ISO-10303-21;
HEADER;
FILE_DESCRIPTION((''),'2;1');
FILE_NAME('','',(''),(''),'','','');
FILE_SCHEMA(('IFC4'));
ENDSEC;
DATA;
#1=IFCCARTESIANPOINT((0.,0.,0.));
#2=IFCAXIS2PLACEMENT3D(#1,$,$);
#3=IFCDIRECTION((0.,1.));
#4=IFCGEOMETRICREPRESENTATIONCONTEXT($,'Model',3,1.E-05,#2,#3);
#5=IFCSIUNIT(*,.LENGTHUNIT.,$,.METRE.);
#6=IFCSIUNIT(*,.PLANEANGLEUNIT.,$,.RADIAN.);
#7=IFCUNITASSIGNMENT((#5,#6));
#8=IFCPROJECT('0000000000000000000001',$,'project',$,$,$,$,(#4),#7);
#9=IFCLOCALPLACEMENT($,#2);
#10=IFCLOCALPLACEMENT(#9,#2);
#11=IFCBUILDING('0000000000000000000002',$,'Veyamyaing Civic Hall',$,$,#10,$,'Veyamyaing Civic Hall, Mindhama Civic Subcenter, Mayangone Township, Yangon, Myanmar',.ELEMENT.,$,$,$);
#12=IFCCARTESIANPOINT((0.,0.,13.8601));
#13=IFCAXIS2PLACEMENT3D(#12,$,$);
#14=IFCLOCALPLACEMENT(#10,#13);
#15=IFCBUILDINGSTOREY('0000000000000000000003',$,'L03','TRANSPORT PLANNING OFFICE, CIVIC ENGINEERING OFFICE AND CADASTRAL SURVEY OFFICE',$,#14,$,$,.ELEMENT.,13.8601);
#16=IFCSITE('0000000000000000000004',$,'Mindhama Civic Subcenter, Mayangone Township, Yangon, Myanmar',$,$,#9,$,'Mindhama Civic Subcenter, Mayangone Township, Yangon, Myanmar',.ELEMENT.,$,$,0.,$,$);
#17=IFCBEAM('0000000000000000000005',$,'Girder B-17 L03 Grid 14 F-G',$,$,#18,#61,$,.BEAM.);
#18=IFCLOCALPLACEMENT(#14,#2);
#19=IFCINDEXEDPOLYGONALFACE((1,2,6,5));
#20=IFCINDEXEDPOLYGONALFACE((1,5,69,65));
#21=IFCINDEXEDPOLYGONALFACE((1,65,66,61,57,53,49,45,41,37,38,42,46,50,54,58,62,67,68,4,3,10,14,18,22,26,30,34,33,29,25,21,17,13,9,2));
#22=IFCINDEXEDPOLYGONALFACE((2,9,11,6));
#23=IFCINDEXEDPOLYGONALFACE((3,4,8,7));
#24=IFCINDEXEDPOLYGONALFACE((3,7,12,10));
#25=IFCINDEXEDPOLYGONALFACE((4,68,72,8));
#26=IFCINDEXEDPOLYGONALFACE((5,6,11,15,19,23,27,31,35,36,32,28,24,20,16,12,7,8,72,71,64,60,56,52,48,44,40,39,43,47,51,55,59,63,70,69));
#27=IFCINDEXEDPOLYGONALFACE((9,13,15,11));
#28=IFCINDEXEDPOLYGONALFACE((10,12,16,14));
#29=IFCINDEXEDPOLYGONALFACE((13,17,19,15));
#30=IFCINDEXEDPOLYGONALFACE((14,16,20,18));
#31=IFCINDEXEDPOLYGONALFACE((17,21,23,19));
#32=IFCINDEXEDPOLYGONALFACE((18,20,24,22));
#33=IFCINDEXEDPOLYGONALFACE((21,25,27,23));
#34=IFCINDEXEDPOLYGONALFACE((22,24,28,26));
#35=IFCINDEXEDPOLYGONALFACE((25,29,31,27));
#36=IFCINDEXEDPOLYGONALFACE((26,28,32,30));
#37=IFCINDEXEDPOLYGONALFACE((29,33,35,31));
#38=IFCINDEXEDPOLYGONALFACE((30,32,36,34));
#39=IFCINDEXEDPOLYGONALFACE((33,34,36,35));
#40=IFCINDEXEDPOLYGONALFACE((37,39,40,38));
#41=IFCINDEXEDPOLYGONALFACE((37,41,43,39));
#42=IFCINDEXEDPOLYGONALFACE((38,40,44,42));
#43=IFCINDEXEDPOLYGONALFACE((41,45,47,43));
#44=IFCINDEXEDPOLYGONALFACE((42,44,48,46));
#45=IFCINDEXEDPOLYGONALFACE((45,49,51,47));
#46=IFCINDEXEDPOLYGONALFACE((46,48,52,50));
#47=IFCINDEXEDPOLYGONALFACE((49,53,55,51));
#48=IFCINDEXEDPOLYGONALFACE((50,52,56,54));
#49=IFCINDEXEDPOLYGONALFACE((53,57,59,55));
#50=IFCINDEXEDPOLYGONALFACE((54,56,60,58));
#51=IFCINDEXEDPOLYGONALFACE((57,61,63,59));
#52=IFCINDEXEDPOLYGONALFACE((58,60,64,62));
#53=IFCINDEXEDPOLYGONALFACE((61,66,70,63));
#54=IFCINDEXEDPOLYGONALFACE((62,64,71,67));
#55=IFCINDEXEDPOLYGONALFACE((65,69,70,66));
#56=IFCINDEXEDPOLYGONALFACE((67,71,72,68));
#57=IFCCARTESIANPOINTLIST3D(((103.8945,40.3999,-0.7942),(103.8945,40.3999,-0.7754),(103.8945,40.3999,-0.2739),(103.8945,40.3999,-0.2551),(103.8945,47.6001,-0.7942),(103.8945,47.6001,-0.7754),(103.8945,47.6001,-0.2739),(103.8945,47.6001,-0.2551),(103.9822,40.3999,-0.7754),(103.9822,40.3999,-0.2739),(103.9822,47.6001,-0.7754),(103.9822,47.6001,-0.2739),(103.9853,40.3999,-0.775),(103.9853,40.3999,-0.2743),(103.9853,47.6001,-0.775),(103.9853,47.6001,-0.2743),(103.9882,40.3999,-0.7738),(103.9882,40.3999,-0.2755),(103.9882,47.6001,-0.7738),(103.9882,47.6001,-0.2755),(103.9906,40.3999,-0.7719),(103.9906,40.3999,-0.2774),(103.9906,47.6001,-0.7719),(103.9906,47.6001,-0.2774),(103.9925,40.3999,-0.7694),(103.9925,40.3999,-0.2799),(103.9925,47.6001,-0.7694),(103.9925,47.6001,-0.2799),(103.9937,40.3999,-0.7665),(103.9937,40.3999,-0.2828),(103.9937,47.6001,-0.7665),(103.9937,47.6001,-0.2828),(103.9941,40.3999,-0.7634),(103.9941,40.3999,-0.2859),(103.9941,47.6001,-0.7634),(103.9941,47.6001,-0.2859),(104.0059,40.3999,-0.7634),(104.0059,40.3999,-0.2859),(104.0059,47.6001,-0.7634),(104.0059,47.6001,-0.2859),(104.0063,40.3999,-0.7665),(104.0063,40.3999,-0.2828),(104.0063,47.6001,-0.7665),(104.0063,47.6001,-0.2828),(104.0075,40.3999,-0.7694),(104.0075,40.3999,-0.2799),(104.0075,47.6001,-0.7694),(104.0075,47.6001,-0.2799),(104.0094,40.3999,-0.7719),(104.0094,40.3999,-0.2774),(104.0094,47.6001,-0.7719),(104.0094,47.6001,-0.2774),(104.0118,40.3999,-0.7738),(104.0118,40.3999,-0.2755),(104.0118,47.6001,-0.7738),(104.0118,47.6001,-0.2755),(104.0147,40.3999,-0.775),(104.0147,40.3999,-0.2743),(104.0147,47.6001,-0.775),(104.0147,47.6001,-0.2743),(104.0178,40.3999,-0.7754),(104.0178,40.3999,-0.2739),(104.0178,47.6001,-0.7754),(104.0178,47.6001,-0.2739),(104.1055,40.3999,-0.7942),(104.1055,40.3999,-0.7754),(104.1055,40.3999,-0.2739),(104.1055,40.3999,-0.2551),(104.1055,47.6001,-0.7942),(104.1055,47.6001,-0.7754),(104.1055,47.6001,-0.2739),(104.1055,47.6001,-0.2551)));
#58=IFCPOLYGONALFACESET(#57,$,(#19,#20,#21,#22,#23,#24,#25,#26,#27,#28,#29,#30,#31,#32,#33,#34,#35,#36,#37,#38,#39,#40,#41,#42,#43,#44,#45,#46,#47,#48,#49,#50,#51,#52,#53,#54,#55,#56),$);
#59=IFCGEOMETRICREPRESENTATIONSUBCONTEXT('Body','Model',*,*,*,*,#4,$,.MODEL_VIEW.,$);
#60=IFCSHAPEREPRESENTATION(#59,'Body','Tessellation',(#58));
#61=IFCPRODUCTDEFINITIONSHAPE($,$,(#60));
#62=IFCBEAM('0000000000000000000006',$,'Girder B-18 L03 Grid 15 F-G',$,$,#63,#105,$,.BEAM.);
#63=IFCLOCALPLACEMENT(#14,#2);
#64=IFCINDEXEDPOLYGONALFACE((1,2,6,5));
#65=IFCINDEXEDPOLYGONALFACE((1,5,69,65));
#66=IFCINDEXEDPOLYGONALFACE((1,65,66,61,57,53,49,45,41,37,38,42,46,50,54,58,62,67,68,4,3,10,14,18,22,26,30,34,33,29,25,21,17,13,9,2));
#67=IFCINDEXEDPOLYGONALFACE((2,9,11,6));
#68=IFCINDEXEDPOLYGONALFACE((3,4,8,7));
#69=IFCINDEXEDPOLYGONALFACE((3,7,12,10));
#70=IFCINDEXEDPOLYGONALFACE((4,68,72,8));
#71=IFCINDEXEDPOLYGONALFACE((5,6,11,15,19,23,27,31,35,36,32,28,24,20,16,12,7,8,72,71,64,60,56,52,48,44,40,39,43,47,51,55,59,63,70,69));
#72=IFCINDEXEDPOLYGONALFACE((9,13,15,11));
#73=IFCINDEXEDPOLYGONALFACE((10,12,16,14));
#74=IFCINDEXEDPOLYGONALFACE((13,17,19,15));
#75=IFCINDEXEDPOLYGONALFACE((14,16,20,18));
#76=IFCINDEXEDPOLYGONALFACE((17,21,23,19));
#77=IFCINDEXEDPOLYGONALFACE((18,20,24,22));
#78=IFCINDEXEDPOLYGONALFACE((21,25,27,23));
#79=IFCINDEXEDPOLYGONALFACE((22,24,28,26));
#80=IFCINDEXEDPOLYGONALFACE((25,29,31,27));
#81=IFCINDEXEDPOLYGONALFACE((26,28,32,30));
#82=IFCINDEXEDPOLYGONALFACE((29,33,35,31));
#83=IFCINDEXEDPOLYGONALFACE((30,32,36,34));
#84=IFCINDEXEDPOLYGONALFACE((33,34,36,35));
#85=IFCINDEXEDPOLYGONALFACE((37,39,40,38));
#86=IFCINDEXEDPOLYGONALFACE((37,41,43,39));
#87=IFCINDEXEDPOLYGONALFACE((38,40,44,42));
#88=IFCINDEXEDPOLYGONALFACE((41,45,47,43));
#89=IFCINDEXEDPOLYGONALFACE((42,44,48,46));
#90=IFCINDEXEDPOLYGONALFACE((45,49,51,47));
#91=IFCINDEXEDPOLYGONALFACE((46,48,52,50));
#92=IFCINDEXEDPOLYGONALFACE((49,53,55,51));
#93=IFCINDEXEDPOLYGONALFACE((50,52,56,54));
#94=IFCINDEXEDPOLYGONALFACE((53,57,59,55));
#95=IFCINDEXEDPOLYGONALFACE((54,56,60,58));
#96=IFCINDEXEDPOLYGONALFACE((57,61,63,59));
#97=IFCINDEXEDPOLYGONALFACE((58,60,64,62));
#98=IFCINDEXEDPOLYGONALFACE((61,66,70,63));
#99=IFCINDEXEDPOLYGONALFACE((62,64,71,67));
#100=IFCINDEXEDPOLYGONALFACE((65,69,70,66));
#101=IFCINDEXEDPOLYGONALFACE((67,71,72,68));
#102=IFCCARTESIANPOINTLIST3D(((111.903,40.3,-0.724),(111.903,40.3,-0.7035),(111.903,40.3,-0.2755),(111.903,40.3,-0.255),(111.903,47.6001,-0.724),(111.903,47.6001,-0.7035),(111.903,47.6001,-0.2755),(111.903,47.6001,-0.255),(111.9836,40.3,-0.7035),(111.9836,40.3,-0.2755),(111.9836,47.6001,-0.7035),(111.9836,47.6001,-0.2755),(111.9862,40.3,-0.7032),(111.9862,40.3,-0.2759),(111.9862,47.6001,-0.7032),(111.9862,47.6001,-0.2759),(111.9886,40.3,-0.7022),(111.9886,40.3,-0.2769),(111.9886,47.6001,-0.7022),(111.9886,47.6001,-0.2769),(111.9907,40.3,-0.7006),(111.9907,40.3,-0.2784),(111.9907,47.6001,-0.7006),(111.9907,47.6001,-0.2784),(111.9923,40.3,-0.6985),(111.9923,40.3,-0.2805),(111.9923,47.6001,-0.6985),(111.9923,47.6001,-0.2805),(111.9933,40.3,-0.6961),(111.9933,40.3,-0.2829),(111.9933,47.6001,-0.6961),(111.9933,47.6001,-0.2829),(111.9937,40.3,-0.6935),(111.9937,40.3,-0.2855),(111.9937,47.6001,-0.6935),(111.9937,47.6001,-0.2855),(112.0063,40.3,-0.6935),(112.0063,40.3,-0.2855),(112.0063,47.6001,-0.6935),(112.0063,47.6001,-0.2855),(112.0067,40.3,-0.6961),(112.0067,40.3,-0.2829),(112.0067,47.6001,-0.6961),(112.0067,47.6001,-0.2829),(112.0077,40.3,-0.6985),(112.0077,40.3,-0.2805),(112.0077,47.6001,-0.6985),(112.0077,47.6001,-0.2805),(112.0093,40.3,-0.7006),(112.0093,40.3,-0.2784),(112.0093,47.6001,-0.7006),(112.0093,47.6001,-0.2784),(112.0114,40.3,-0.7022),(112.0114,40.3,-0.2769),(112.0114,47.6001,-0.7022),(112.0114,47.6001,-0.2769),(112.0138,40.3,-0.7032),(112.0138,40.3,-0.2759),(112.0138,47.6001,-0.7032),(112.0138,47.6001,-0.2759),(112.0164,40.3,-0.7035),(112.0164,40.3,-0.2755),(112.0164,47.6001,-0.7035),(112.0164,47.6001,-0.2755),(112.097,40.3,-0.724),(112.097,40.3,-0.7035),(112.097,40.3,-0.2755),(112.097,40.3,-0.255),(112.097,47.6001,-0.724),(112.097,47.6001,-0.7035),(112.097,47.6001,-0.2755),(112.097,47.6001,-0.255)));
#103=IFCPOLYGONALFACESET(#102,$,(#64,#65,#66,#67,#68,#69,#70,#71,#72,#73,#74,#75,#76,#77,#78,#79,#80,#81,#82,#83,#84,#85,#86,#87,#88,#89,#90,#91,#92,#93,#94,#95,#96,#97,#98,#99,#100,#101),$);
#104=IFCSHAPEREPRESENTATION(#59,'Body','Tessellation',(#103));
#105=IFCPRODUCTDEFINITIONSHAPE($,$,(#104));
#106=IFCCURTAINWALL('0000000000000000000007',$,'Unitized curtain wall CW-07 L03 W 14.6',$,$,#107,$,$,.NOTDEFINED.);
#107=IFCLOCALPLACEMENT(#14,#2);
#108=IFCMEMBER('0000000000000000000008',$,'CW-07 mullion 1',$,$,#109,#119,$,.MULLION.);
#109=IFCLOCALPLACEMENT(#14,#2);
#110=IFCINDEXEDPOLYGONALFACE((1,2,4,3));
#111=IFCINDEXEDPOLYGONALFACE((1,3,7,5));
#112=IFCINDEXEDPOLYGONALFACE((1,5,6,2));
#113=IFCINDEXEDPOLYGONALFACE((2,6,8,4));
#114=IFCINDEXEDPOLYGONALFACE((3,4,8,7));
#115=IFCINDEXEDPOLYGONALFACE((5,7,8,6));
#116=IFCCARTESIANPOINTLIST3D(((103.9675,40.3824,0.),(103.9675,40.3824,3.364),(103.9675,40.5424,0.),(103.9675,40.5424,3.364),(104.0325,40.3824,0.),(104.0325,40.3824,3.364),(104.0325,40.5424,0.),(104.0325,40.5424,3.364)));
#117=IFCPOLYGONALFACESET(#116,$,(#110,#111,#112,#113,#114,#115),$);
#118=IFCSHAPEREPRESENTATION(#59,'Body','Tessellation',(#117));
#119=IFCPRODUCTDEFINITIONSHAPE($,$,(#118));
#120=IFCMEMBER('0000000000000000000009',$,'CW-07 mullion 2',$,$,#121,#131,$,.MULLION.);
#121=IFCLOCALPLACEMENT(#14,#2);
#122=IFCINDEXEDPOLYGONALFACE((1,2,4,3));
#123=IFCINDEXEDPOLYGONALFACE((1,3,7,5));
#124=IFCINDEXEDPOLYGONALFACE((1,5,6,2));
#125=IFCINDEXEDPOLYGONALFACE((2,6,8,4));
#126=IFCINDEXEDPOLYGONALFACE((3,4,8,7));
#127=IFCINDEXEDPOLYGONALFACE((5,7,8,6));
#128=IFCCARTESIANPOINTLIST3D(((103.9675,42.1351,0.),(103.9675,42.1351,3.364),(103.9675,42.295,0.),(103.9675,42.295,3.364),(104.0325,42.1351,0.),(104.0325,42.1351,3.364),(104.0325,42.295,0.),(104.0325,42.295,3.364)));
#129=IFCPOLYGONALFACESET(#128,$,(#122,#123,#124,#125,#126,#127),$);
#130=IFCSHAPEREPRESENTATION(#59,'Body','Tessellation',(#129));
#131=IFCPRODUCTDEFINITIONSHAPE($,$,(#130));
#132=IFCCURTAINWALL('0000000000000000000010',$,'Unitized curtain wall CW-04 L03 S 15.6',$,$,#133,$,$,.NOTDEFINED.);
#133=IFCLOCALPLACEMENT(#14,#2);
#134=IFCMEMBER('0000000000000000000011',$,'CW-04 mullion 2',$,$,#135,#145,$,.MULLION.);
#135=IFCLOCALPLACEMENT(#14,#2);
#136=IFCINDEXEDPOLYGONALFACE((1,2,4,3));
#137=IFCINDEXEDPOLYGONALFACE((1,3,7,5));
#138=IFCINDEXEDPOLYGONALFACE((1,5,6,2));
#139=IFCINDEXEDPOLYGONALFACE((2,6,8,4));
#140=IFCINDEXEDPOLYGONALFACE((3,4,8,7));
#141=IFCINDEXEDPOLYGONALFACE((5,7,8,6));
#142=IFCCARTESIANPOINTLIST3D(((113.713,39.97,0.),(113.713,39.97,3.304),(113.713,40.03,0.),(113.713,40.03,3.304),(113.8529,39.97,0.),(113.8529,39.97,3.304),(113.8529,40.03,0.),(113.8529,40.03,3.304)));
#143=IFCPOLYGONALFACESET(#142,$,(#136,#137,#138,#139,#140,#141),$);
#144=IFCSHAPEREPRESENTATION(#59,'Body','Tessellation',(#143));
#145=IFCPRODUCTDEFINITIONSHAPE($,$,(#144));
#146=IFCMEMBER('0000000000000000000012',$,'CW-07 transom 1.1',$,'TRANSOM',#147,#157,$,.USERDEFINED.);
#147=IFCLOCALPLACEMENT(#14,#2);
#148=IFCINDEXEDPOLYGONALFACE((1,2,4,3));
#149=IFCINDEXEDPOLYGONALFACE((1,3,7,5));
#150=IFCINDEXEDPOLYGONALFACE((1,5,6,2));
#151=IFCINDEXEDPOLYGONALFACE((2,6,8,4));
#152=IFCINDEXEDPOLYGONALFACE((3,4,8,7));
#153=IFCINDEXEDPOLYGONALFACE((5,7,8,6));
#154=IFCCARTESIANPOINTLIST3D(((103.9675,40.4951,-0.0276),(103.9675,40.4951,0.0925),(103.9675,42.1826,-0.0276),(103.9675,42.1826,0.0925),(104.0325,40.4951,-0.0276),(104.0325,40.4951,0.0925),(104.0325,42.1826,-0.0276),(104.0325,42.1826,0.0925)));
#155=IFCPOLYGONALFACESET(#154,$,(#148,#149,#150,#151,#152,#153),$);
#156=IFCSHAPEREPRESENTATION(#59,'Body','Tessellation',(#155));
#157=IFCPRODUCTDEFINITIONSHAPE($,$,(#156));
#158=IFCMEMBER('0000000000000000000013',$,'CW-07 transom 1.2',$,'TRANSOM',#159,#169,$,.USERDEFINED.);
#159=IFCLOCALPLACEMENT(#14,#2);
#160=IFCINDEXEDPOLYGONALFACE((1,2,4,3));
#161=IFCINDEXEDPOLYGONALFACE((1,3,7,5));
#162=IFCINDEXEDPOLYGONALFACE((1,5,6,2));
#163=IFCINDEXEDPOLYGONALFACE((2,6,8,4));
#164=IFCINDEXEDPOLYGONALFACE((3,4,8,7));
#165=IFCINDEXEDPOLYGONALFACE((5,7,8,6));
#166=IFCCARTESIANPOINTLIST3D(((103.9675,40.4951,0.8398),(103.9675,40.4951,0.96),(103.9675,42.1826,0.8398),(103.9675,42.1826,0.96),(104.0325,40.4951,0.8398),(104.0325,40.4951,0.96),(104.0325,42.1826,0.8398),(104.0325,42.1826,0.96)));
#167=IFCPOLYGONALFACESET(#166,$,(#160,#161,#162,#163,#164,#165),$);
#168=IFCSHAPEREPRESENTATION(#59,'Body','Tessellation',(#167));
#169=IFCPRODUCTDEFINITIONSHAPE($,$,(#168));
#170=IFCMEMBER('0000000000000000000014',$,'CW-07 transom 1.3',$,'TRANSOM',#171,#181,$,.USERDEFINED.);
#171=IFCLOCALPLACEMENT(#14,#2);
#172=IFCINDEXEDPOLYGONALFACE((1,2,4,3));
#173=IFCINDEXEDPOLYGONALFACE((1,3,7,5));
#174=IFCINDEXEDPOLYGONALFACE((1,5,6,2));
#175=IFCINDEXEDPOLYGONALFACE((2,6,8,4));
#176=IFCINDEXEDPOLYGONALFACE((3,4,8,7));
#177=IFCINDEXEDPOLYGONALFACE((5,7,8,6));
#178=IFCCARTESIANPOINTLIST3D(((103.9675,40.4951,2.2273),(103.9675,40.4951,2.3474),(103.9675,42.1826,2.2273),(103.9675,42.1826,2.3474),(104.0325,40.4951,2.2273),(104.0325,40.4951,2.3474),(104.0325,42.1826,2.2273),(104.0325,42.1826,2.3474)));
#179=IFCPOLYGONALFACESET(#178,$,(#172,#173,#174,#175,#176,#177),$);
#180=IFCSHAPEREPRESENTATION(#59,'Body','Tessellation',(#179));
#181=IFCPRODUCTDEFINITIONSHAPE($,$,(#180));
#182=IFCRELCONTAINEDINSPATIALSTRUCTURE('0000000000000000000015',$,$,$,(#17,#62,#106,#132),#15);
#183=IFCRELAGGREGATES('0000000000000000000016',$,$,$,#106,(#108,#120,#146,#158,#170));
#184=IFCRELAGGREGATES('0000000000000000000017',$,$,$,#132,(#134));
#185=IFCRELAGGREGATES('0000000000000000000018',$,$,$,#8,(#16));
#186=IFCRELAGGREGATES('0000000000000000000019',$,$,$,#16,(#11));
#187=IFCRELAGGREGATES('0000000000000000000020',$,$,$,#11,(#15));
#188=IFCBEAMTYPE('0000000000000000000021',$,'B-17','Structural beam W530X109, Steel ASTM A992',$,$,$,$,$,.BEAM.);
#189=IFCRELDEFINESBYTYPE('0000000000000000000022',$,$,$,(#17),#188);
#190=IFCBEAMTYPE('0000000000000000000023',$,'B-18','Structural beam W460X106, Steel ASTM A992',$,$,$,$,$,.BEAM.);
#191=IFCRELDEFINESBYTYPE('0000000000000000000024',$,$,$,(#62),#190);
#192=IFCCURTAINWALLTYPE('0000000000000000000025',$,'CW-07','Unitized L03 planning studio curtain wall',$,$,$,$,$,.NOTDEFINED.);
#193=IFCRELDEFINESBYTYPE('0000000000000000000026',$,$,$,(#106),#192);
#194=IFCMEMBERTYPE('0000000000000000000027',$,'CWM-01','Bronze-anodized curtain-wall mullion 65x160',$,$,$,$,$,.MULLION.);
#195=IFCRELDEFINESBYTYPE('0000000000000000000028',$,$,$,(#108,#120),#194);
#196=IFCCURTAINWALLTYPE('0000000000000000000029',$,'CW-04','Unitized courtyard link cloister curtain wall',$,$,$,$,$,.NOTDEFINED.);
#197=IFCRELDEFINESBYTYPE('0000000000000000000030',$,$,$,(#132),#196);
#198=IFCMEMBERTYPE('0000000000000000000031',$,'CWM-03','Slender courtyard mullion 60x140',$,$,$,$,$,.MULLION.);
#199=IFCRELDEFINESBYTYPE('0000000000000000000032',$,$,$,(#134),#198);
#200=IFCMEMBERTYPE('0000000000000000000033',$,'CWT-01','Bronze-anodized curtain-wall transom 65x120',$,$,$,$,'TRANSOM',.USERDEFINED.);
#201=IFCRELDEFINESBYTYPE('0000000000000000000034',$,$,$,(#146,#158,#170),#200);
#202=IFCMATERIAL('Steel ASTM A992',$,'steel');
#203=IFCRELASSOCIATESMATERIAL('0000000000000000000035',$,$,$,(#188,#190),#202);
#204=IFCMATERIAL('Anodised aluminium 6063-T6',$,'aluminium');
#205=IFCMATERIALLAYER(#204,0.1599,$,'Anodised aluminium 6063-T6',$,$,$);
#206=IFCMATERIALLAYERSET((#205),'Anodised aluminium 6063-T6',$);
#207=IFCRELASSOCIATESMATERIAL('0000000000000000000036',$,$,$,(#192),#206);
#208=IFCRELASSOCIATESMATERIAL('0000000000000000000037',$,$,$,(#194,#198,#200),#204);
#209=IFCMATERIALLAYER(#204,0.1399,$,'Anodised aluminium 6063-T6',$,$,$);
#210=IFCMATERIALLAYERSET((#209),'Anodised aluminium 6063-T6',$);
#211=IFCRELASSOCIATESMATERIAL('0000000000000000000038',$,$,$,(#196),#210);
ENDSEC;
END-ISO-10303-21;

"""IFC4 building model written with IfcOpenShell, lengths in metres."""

from ifc_helpers import new_model, si_unit, direction, frame, origin, origin_2d, place, context, subcontext, project, spatial, rectangle, i_section, extrude, material, layer, layer_set, material_profile, profile_set, type_object, element, aggregate, save


model = new_model("IFC4")

# Units and contexts
model_context = context("Model", 3, precision=1e-05, world=origin(), true_north=direction((0.0, 1.0)))
body_context = subcontext(model_context, "Body", "Model", "MODEL_VIEW")
ifc_project = project(units=[si_unit("LENGTHUNIT", "METRE"), si_unit("PLANEANGLEUNIT", "RADIAN")], contexts=[model_context])

# Site, building, storey
site_placement = place(None, origin())
site = spatial("IfcSite", under=ifc_project, at=site_placement, Name="Mindhama Civic Subcenter, Mayangone Township, Yangon, Myanmar", LongName="Mindhama Civic Subcenter, Mayangone Township, Yangon, Myanmar", CompositionType="ELEMENT", RefElevation=0.0)
building_placement = place(site_placement, origin())
building = spatial("IfcBuilding", under=site, at=building_placement, Name="Veyamyaing Civic Hall", LongName="Veyamyaing Civic Hall, Mindhama Civic Subcenter, Mayangone Township, Yangon, Myanmar", CompositionType="ELEMENT")
storey_placement = place(building_placement, frame((0.0, 0.0, 13.8601)))
storey = spatial("IfcBuildingStorey", under=building, at=storey_placement, Name="L03", Description="TRANSPORT PLANNING OFFICE, CIVIC ENGINEERING OFFICE AND CADASTRAL SURVEY OFFICE", CompositionType="ELEMENT", Elevation=13.8601)

# Beams
ifc_material_1 = material(Name="Steel ASTM A992", Category="steel")
ifc_material_profile_1 = material_profile(ifc_material_1, i_section(OverallWidth=0.2109, OverallDepth=0.5391, WebThickness=0.0117, FlangeThickness=0.0188, FilletRadius=0.012, at=origin_2d()), Name="W530X109")
ifc_profile_set_1 = profile_set([ifc_material_profile_1], Name="Steel ASTM A992")
beam_type_1 = type_object("IfcBeamType", Name="B-17", Description="Structural beam W530X109, Steel ASTM A992", PredefinedType="BEAM", material=ifc_profile_set_1)
beam_1_placement = place(storey_placement, frame((104.0, 40.3999, -0.5247), z_axis=(0.0, 1.0, 0.0), x_axis=(-1.0, 0.0, 0.0)))
element("IfcBeam", 1, at=beam_1_placement, inside=storey, type_object=beam_type_1, Name="Girder B-17 L03 Grid 14 F-G", PredefinedType="BEAM", context=body_context, shape_type="SweptSolid", body=[
    extrude(i_section(OverallWidth=0.2109, OverallDepth=0.5391, WebThickness=0.0117, FlangeThickness=0.0188, FilletRadius=0.012, at=origin_2d()), origin(), (0.0, 0.0, 1.0), 7.2002),
])
ifc_material_profile_2 = material_profile(ifc_material_1, i_section(OverallWidth=0.1941, OverallDepth=0.469, WebThickness=0.0127, FlangeThickness=0.0205, FilletRadius=0.01, at=origin_2d()), Name="W460X106")
ifc_profile_set_2 = profile_set([ifc_material_profile_2], Name="Steel ASTM A992")
beam_type_2 = type_object("IfcBeamType", Name="B-18", Description="Structural beam W460X106, Steel ASTM A992", PredefinedType="BEAM", material=ifc_profile_set_2)
beam_2_placement = place(storey_placement, frame((112.0, 40.3, -0.4895), z_axis=(0.0, 1.0, 0.0), x_axis=(-1.0, 0.0, 0.0)))
element("IfcBeam", 2, at=beam_2_placement, inside=storey, type_object=beam_type_2, Name="Girder B-18 L03 Grid 15 F-G", PredefinedType="BEAM", context=body_context, shape_type="SweptSolid", body=[
    extrude(i_section(OverallWidth=0.1941, OverallDepth=0.469, WebThickness=0.0127, FlangeThickness=0.0205, FilletRadius=0.01, at=origin_2d()), origin(), (0.0, 0.0, 1.0), 7.3),
])

# Curtain wall, members
ifc_material_2 = material(Name="Anodised aluminium 6063-T6", Category="aluminium")
ifc_layer_1 = layer(ifc_material_2, 0.1599, Name="Anodised aluminium 6063-T6")
ifc_layer_set_1 = layer_set([ifc_layer_1], Name="Anodised aluminium 6063-T6")
curtain_wall_type_1 = type_object("IfcCurtainWallType", Name="CW-07", Description="Unitized L03 planning studio curtain wall", PredefinedType="NOTDEFINED", material=ifc_layer_set_1)
curtain_wall_1_placement = place(storey_placement, origin())
curtain_wall_1 = element("IfcCurtainWall", 3, at=curtain_wall_1_placement, inside=storey, type_object=curtain_wall_type_1, Name="Unitized curtain wall CW-07 L03 W 14.6", PredefinedType="NOTDEFINED")
ifc_material_profile_3 = material_profile(ifc_material_2, rectangle(XDim=0.0649, YDim=0.1599, at=origin_2d()), Name="ALU-MUL-65X160")
ifc_profile_set_3 = profile_set([ifc_material_profile_3], Name="Anodised aluminium 6063-T6")
member_type_1 = type_object("IfcMemberType", Name="CWM-01", Description="Bronze-anodized curtain-wall mullion 65x160", PredefinedType="MULLION", material=ifc_profile_set_3)
member_1_placement = place(storey_placement, frame((104.0, 40.4624, 0.0), z_axis=(0.0, 0.0, 1.0), x_axis=(-1.0, 0.0, 0.0)))
member_1 = element("IfcMember", 4, at=member_1_placement, type_object=member_type_1, Name="CW-07 mullion 1", PredefinedType="MULLION", context=body_context, shape_type="SweptSolid", body=[
    extrude(rectangle(XDim=0.0649, YDim=0.1599, at=origin_2d()), origin(), (0.0, 0.0, 1.0), 3.364),
])
member_2_placement = place(storey_placement, frame((104.0, 42.2151, 0.0), z_axis=(0.0, 0.0, 1.0), x_axis=(-1.0, 0.0, 0.0)))
member_2 = element("IfcMember", 5, at=member_2_placement, type_object=member_type_1, Name="CW-07 mullion 2", PredefinedType="MULLION", context=body_context, shape_type="SweptSolid", body=[
    extrude(rectangle(XDim=0.0649, YDim=0.1599, at=origin_2d()), origin(), (0.0, 0.0, 1.0), 3.364),
])

# Curtain wall, member
ifc_layer_2 = layer(ifc_material_2, 0.1399, Name="Anodised aluminium 6063-T6")
ifc_layer_set_2 = layer_set([ifc_layer_2], Name="Anodised aluminium 6063-T6")
curtain_wall_type_2 = type_object("IfcCurtainWallType", Name="CW-04", Description="Unitized courtyard link cloister curtain wall", PredefinedType="NOTDEFINED", material=ifc_layer_set_2)
curtain_wall_2_placement = place(storey_placement, origin())
curtain_wall_2 = element("IfcCurtainWall", 6, at=curtain_wall_2_placement, inside=storey, type_object=curtain_wall_type_2, Name="Unitized curtain wall CW-04 L03 S 15.6", PredefinedType="NOTDEFINED")
ifc_material_profile_4 = material_profile(ifc_material_2, rectangle(XDim=0.0601, YDim=0.1399, at=origin_2d()), Name="ALU-MUL-60X140")
ifc_profile_set_4 = profile_set([ifc_material_profile_4], Name="Anodised aluminium 6063-T6")
member_type_2 = type_object("IfcMemberType", Name="CWM-03", Description="Slender courtyard mullion 60x140", PredefinedType="MULLION", material=ifc_profile_set_4)
member_3_placement = place(storey_placement, frame((113.783, 40.0, 0.0), z_axis=(0.0, 0.0, 1.0), x_axis=(0.0, 1.0, 0.0)))
member_3 = element("IfcMember", 7, at=member_3_placement, type_object=member_type_2, Name="CW-04 mullion 2", PredefinedType="MULLION", context=body_context, shape_type="SweptSolid", body=[
    extrude(rectangle(XDim=0.0601, YDim=0.1399, at=origin_2d()), origin(), (0.0, 0.0, 1.0), 3.304),
])

# Members
ifc_material_profile_5 = material_profile(ifc_material_2, rectangle(XDim=0.0649, YDim=0.1201, at=origin_2d()), Name="ALU-TRN-65X120")
ifc_profile_set_5 = profile_set([ifc_material_profile_5], Name="Anodised aluminium 6063-T6")
member_type_3 = type_object("IfcMemberType", Name="CWT-01", Description="Bronze-anodized curtain-wall transom 65x120", ElementType="TRANSOM", PredefinedType="USERDEFINED", material=ifc_profile_set_5)
member_4_placement = place(storey_placement, frame((104.0, 40.4951, 0.0325), z_axis=(0.0, 1.0, 0.0), x_axis=(-1.0, 0.0, 0.0)))
member_4 = element("IfcMember", 8, at=member_4_placement, type_object=member_type_3, Name="CW-07 transom 1.1", ObjectType="TRANSOM", PredefinedType="USERDEFINED", context=body_context, shape_type="SweptSolid", body=[
    extrude(rectangle(XDim=0.0649, YDim=0.1201, at=origin_2d()), origin(), (0.0, 0.0, 1.0), 1.6875),
])
member_5_placement = place(storey_placement, frame((104.0, 40.4951, 0.8999), z_axis=(0.0, 1.0, 0.0), x_axis=(-1.0, 0.0, 0.0)))
member_5 = element("IfcMember", 9, at=member_5_placement, type_object=member_type_3, Name="CW-07 transom 1.2", ObjectType="TRANSOM", PredefinedType="USERDEFINED", context=body_context, shape_type="SweptSolid", body=[
    extrude(rectangle(XDim=0.0649, YDim=0.1201, at=origin_2d()), origin(), (0.0, 0.0, 1.0), 1.6875),
])
member_6_placement = place(storey_placement, frame((104.0, 40.4951, 2.2874), z_axis=(0.0, 1.0, 0.0), x_axis=(-1.0, 0.0, 0.0)))
member_6 = element("IfcMember", 10, at=member_6_placement, type_object=member_type_3, Name="CW-07 transom 1.3", ObjectType="TRANSOM", PredefinedType="USERDEFINED", context=body_context, shape_type="SweptSolid", body=[
    extrude(rectangle(XDim=0.0649, YDim=0.1201, at=origin_2d()), origin(), (0.0, 0.0, 1.0), 1.6875),
])

aggregate(curtain_wall_1, [member_1, member_2, member_4, member_5, member_6])
aggregate(curtain_wall_2, [member_3])

save(model, "model.ifc")
